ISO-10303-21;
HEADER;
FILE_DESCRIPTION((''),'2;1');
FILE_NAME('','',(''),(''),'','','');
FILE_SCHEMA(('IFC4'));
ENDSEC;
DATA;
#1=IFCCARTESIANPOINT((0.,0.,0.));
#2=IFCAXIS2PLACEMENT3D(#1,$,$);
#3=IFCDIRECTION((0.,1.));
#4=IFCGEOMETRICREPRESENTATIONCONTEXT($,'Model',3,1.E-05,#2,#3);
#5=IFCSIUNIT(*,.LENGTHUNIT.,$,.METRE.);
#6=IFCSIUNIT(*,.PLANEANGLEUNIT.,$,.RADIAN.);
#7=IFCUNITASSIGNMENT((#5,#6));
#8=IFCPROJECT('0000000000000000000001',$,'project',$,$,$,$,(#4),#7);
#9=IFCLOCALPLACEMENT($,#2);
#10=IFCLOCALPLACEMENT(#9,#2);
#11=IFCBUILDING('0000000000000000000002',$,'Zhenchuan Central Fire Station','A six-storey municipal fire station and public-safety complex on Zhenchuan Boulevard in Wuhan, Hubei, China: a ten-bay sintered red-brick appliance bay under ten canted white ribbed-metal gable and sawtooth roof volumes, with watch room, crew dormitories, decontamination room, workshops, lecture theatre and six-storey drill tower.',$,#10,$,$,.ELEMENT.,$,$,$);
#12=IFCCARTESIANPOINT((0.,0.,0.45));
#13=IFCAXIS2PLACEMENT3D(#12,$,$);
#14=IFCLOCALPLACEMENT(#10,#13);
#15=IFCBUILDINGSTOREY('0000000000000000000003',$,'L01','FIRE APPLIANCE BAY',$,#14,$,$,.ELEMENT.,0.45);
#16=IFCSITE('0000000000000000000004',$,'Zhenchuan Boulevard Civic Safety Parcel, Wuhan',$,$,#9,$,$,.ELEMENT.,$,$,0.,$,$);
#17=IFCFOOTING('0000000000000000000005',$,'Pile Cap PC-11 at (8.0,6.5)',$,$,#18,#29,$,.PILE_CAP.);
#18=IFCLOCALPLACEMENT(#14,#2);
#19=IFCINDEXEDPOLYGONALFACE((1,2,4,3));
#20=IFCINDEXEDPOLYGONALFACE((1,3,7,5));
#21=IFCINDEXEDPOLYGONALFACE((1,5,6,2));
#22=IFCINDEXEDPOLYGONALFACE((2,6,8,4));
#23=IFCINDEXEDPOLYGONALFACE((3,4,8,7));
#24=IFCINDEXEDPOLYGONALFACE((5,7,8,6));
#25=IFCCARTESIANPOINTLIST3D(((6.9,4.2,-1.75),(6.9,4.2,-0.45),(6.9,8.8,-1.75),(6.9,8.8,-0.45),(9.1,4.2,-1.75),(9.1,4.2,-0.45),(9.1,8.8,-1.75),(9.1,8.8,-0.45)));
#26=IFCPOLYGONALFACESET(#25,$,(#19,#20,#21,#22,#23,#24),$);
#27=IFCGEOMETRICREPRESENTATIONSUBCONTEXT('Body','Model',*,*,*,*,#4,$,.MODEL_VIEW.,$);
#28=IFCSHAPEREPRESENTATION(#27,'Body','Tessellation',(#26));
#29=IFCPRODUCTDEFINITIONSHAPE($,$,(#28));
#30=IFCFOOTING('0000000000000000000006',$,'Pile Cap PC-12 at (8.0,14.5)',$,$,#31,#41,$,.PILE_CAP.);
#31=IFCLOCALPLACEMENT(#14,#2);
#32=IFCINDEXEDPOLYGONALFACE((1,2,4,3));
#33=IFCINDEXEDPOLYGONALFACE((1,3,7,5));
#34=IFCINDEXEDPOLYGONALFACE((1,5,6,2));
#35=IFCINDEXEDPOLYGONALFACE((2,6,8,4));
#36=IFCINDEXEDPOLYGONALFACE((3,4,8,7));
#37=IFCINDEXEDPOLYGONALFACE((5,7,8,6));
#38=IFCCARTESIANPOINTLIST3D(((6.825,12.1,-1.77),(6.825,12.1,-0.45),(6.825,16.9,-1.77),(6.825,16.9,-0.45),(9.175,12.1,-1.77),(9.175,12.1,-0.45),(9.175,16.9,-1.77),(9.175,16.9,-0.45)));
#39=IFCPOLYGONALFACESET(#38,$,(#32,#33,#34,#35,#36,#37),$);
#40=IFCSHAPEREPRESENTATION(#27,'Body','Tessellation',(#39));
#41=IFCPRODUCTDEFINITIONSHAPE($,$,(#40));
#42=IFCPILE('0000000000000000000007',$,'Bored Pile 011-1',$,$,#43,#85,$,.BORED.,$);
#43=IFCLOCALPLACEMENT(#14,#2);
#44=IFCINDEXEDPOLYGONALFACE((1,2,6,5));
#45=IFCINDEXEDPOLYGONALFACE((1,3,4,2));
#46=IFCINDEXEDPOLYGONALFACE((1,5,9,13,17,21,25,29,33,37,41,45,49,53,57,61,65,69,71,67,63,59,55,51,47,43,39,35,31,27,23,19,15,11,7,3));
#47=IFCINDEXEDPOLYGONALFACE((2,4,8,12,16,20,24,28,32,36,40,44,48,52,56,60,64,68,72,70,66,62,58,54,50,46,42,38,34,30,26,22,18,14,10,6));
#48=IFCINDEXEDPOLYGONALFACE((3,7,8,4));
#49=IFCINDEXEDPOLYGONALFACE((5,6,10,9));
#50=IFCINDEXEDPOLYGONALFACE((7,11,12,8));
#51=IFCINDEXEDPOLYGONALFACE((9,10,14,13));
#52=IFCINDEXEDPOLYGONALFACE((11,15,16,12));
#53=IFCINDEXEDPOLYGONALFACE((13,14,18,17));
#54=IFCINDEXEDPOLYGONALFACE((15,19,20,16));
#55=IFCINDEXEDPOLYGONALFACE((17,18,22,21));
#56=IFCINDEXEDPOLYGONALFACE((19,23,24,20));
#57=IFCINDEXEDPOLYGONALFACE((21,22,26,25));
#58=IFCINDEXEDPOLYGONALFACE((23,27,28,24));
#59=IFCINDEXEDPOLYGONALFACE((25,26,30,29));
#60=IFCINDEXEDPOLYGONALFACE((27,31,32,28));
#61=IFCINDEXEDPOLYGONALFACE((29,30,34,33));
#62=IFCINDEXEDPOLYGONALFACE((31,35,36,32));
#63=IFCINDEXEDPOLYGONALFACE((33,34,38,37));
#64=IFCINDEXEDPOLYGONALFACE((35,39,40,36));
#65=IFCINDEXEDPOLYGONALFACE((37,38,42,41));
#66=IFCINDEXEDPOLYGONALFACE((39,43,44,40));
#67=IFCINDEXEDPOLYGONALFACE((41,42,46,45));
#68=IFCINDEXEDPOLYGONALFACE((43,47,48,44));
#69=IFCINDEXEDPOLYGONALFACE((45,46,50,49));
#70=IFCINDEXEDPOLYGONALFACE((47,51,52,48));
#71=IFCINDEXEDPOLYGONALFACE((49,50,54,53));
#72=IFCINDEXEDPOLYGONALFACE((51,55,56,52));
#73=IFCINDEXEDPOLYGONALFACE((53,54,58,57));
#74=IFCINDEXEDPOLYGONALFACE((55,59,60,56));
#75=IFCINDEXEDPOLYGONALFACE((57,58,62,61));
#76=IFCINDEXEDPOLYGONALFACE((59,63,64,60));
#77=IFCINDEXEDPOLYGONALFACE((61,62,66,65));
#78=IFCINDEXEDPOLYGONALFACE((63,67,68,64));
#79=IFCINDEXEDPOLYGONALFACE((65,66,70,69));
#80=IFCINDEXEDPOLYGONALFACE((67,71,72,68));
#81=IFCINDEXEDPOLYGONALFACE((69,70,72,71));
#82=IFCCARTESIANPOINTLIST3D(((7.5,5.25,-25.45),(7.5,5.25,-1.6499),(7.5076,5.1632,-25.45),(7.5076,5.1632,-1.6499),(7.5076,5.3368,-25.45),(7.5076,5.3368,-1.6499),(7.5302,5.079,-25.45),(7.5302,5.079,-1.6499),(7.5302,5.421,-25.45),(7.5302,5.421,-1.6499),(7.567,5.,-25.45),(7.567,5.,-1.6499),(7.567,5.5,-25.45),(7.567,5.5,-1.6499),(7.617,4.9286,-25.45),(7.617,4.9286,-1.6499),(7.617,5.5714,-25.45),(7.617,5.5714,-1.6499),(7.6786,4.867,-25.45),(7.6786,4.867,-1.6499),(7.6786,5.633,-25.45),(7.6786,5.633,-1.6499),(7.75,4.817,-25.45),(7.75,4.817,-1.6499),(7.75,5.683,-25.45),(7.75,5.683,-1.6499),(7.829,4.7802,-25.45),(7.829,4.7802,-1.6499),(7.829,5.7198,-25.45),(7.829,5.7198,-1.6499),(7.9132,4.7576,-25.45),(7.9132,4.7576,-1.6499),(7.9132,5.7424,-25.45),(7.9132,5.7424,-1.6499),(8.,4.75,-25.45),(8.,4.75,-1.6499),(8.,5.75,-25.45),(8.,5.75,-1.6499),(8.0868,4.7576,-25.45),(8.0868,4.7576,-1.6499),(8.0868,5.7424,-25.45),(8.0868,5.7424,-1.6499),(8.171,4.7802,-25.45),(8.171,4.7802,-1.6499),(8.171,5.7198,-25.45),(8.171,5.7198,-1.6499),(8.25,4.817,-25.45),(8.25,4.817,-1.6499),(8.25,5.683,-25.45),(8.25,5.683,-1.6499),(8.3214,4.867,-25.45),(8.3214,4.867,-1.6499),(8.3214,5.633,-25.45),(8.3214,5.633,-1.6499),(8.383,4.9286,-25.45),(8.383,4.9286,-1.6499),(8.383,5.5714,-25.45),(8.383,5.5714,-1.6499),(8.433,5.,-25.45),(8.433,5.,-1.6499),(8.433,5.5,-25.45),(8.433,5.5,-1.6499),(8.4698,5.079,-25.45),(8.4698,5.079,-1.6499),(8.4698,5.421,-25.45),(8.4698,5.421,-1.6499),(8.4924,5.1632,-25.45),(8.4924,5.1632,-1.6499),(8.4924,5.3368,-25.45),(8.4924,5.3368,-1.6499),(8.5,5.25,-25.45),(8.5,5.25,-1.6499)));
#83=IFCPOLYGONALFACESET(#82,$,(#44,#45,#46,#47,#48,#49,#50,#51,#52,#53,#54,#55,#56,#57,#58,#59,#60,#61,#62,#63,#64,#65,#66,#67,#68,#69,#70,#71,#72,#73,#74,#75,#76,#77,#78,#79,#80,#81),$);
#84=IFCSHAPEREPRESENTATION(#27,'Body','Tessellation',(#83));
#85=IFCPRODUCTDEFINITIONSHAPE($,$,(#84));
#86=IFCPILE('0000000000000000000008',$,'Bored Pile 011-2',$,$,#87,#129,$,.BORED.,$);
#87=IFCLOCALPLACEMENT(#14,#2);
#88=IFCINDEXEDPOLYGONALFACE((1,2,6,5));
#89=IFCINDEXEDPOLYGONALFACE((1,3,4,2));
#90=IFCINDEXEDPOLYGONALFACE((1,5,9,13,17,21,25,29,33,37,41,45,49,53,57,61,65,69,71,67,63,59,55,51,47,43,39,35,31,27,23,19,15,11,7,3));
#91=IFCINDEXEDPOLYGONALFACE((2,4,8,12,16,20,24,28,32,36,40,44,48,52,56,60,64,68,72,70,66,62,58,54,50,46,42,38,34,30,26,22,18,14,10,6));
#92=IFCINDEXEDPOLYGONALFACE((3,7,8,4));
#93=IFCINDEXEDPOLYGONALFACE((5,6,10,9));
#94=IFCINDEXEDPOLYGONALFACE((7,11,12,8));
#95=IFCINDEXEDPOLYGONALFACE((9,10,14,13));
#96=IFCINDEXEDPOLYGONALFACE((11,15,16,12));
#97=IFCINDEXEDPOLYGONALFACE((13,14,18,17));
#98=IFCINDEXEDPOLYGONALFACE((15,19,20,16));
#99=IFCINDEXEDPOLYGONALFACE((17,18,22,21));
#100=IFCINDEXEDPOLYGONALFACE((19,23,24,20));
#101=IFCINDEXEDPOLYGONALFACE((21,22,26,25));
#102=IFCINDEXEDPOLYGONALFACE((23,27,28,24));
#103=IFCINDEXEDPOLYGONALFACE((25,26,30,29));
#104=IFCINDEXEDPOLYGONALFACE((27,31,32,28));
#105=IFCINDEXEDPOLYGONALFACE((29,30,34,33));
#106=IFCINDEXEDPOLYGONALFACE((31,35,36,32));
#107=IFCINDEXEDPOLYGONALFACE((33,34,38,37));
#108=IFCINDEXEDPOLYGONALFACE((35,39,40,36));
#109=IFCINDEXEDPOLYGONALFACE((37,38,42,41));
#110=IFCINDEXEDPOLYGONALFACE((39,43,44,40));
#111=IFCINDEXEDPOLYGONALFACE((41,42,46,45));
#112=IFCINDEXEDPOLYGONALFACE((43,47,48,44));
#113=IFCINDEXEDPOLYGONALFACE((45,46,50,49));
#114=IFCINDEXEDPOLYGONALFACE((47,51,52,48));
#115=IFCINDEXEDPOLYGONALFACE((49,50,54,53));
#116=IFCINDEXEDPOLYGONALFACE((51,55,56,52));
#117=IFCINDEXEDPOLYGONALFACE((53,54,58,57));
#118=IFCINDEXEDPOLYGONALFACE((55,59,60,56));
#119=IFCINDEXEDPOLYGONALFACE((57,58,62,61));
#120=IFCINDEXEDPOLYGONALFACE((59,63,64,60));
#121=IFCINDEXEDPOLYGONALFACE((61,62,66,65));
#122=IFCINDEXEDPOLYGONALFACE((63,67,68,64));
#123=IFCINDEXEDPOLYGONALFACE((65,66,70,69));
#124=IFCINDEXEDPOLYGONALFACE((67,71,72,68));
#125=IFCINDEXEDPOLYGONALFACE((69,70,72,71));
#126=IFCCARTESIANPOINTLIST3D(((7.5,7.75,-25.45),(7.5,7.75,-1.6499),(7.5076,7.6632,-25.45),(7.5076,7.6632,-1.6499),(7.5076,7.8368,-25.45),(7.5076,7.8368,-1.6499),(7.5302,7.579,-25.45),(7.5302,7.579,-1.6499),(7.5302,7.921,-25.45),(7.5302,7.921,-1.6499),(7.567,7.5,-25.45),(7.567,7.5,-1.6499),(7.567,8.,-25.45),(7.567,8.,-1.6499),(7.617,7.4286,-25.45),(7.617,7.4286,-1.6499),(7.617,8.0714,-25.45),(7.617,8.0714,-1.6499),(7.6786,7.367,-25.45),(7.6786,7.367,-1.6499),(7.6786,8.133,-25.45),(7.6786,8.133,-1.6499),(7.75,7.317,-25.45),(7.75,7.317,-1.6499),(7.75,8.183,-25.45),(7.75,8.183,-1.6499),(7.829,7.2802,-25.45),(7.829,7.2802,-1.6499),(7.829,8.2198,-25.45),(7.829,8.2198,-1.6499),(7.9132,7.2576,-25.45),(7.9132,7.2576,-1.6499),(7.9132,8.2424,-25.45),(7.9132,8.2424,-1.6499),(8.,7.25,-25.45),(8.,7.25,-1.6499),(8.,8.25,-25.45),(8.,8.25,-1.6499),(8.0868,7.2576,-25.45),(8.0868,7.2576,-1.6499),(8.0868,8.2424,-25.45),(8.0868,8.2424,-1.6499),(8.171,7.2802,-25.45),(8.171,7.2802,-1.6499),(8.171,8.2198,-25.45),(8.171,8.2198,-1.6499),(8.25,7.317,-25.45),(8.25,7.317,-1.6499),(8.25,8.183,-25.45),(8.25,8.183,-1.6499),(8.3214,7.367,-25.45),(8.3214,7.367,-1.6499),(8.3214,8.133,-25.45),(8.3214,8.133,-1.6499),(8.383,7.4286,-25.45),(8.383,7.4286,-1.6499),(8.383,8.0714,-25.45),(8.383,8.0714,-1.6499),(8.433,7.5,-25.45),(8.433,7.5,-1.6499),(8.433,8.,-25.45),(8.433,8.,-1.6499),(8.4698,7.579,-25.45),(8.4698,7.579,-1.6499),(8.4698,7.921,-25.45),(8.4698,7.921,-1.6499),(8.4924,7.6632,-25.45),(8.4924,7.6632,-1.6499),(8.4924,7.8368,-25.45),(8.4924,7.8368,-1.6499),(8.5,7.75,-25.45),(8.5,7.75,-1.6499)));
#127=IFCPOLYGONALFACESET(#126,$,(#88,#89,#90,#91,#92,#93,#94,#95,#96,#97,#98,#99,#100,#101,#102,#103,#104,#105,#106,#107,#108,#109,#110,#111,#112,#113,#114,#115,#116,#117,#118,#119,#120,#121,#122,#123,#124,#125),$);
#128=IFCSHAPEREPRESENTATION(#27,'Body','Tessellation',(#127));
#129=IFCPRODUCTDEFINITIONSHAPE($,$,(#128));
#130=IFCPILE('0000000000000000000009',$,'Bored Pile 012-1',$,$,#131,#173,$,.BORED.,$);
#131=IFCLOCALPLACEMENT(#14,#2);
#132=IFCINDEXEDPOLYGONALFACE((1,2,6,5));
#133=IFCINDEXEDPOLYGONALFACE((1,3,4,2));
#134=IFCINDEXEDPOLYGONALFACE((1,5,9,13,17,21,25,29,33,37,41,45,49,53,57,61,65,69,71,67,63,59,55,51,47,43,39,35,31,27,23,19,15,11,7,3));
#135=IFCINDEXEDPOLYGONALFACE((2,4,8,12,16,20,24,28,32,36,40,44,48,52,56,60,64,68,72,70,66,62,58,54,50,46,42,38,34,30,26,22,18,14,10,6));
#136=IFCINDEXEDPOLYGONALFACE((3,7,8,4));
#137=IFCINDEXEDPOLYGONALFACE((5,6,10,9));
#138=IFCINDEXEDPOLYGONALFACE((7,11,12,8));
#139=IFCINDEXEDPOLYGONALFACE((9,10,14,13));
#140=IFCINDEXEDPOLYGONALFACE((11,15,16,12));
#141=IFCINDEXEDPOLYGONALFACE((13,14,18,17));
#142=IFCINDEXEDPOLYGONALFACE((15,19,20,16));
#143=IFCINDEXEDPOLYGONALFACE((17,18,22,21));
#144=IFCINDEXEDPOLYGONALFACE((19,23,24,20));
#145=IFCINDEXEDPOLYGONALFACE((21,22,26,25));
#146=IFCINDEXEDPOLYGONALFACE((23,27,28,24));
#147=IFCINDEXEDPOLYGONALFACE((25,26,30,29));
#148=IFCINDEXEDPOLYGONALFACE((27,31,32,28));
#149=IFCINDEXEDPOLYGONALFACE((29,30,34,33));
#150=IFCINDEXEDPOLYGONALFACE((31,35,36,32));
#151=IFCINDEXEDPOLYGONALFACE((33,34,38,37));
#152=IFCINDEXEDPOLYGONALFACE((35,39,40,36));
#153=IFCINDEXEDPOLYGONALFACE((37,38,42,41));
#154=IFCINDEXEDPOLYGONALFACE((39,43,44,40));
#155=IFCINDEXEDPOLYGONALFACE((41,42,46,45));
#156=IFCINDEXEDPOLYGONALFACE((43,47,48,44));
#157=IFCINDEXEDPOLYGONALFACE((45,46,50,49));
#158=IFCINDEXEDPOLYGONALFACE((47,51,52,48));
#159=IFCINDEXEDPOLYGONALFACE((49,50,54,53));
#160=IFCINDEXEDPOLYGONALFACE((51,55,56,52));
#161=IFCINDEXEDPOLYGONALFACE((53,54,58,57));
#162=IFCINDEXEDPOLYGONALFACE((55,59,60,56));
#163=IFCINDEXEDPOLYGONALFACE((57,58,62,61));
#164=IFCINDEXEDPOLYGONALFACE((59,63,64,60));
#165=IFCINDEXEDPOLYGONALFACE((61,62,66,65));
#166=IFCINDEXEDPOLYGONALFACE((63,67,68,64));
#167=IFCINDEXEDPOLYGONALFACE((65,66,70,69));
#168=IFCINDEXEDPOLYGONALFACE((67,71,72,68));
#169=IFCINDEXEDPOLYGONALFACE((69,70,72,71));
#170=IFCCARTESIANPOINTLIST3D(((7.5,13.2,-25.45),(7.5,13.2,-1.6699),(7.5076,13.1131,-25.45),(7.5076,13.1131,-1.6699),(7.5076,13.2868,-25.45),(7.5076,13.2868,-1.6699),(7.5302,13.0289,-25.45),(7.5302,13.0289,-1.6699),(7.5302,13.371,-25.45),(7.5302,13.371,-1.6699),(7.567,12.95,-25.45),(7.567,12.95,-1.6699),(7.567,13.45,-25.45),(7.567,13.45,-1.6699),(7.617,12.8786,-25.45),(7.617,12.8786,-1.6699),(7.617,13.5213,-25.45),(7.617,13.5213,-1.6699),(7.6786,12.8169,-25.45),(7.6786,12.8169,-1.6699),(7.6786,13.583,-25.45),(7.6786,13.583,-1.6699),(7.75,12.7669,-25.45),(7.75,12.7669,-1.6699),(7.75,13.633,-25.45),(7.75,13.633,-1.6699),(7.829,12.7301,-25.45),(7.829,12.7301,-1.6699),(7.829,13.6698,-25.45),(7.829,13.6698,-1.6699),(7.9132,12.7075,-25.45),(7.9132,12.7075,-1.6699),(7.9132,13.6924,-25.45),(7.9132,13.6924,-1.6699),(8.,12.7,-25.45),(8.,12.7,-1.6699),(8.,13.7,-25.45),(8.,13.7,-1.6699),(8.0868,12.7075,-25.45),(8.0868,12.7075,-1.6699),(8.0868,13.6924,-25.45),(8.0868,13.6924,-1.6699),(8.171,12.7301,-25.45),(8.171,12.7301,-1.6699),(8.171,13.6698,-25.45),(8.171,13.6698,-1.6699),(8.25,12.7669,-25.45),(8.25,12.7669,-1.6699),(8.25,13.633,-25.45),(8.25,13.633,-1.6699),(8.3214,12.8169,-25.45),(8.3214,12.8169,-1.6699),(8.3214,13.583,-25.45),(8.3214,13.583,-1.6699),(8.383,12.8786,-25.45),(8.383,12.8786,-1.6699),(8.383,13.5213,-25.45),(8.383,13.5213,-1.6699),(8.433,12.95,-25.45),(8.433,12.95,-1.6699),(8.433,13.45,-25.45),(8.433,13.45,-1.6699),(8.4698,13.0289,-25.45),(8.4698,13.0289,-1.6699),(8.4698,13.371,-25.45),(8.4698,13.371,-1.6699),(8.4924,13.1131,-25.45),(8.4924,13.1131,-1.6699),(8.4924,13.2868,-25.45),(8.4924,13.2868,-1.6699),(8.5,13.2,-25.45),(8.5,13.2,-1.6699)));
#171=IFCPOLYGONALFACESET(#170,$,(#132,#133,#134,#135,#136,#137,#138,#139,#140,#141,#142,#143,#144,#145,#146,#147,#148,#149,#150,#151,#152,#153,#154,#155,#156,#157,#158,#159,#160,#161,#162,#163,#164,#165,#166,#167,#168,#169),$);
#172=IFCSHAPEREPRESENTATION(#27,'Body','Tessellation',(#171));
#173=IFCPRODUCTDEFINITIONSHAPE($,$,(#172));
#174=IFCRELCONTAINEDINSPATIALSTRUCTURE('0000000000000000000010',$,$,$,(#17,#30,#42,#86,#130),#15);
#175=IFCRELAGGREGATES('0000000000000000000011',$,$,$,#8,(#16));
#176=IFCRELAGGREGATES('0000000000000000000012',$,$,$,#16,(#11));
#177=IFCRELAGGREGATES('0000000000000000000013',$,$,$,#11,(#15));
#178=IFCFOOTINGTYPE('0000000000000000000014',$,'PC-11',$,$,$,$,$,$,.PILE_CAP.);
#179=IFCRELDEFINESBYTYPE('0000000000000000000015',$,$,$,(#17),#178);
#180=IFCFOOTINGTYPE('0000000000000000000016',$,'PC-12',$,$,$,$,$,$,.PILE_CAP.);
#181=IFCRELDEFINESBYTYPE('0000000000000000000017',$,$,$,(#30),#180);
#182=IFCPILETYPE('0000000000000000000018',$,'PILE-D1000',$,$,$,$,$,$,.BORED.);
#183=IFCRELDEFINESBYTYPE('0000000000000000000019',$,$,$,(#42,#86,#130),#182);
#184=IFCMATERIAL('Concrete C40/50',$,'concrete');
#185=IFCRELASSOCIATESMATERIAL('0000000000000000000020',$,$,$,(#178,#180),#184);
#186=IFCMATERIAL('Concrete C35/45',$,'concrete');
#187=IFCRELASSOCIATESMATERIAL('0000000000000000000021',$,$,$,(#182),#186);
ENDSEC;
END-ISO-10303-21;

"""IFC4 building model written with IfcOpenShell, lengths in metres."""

from ifc_helpers import new_model, si_unit, direction, frame, origin, origin_2d, place, context, subcontext, project, spatial, rectangle, circle, extrude, material, material_profile, profile_set, type_object, element, save


model = new_model("IFC4")

# Units and contexts
model_context = context("Model", 3, precision=1e-05, world=origin(), true_north=direction((0.0, 1.0)))
body_context = subcontext(model_context, "Body", "Model", "MODEL_VIEW")
ifc_project = project(units=[si_unit("LENGTHUNIT", "METRE"), si_unit("PLANEANGLEUNIT", "RADIAN")], contexts=[model_context])

# Site, building, storey
site_placement = place(None, origin())
site = spatial("IfcSite", under=ifc_project, at=site_placement, Name="Zhenchuan Boulevard Civic Safety Parcel, Wuhan", CompositionType="ELEMENT", RefElevation=0.0)
building_placement = place(site_placement, origin())
building = spatial("IfcBuilding", under=site, at=building_placement, Name="Zhenchuan Central Fire Station", Description="A six-storey municipal fire station and public-safety complex on Zhenchuan Boulevard in Wuhan, Hubei, China: a ten-bay sintered red-brick appliance bay under ten canted white ribbed-metal gable and sawtooth roof volumes, with watch room, crew dormitories, decontamination room, workshops, lecture theatre and six-storey drill tower.", CompositionType="ELEMENT")
storey_placement = place(building_placement, frame((0.0, 0.0, 0.45)))
storey = spatial("IfcBuildingStorey", under=building, at=storey_placement, Name="L01", Description="FIRE APPLIANCE BAY", CompositionType="ELEMENT", Elevation=0.45)

# Footings
ifc_material_1 = material(Name="Concrete C40/50", Category="concrete")
footing_type_1 = type_object("IfcFootingType", Name="PC-11", PredefinedType="PILE_CAP", material=ifc_material_1)
footing_1_placement = place(storey_placement, frame((8.0, 6.5, -1.75), z_axis=(0.0, 0.0, 1.0), x_axis=(1.0, 0.0, 0.0)))
element("IfcFooting", 1, at=footing_1_placement, inside=storey, type_object=footing_type_1, Name="Pile Cap PC-11 at (8.0,6.5)", PredefinedType="PILE_CAP", context=body_context, shape_type="SweptSolid", body=[
    extrude(rectangle(XDim=2.2, YDim=4.6001, at=origin_2d()), origin(), (0.0, 0.0, 1.0), 1.3),
])
footing_type_2 = type_object("IfcFootingType", Name="PC-12", PredefinedType="PILE_CAP", material=ifc_material_1)
footing_2_placement = place(storey_placement, frame((8.0, 14.5, -1.77), z_axis=(0.0, 0.0, 1.0), x_axis=(1.0, 0.0, 0.0)))
element("IfcFooting", 2, at=footing_2_placement, inside=storey, type_object=footing_type_2, Name="Pile Cap PC-12 at (8.0,14.5)", PredefinedType="PILE_CAP", context=body_context, shape_type="SweptSolid", body=[
    extrude(rectangle(XDim=2.3501, YDim=4.8, at=origin_2d()), origin(), (0.0, 0.0, 1.0), 1.3201),
])

# Piles
ifc_material_2 = material(Name="Concrete C35/45", Category="concrete")
ifc_material_profile_1 = material_profile(ifc_material_2, circle(Radius=0.5, at=origin_2d()), Name="PILE D1000")
ifc_profile_set_1 = profile_set([ifc_material_profile_1], Name="Concrete C35/45")
pile_type_1 = type_object("IfcPileType", Name="PILE-D1000", PredefinedType="BORED", material=ifc_profile_set_1)
for number, where, z_axis, x_axis, name in (
    (3, (8.0, 5.25, -1.6499), (0.0, 0.0, -1.0), (1.0, 0.0, 0.0), "Bored Pile 011-1"),
    (4, (8.0, 7.75, -1.6499), (0.0, 0.0, -1.0), (1.0, 0.0, 0.0), "Bored Pile 011-2"),
):
    element("IfcPile", number, at=place(storey_placement, frame(where, z_axis=z_axis, x_axis=x_axis)), inside=storey, type_object=pile_type_1, Name=name, PredefinedType="BORED", context=body_context, shape_type="SweptSolid", body=[
        extrude(circle(Radius=0.5, at=origin_2d()), origin(), (0.0, 0.0, 1.0), 23.8),
    ])
pile_1_placement = place(storey_placement, frame((8.0, 13.2, -1.6699), z_axis=(0.0, 0.0, -1.0), x_axis=(1.0, 0.0, 0.0)))
element("IfcPile", 5, at=pile_1_placement, inside=storey, type_object=pile_type_1, Name="Bored Pile 012-1", PredefinedType="BORED", context=body_context, shape_type="SweptSolid", body=[
    extrude(circle(Radius=0.5, at=origin_2d()), origin(), (0.0, 0.0, 1.0), 23.78),
])

save(model, "model.ifc")
